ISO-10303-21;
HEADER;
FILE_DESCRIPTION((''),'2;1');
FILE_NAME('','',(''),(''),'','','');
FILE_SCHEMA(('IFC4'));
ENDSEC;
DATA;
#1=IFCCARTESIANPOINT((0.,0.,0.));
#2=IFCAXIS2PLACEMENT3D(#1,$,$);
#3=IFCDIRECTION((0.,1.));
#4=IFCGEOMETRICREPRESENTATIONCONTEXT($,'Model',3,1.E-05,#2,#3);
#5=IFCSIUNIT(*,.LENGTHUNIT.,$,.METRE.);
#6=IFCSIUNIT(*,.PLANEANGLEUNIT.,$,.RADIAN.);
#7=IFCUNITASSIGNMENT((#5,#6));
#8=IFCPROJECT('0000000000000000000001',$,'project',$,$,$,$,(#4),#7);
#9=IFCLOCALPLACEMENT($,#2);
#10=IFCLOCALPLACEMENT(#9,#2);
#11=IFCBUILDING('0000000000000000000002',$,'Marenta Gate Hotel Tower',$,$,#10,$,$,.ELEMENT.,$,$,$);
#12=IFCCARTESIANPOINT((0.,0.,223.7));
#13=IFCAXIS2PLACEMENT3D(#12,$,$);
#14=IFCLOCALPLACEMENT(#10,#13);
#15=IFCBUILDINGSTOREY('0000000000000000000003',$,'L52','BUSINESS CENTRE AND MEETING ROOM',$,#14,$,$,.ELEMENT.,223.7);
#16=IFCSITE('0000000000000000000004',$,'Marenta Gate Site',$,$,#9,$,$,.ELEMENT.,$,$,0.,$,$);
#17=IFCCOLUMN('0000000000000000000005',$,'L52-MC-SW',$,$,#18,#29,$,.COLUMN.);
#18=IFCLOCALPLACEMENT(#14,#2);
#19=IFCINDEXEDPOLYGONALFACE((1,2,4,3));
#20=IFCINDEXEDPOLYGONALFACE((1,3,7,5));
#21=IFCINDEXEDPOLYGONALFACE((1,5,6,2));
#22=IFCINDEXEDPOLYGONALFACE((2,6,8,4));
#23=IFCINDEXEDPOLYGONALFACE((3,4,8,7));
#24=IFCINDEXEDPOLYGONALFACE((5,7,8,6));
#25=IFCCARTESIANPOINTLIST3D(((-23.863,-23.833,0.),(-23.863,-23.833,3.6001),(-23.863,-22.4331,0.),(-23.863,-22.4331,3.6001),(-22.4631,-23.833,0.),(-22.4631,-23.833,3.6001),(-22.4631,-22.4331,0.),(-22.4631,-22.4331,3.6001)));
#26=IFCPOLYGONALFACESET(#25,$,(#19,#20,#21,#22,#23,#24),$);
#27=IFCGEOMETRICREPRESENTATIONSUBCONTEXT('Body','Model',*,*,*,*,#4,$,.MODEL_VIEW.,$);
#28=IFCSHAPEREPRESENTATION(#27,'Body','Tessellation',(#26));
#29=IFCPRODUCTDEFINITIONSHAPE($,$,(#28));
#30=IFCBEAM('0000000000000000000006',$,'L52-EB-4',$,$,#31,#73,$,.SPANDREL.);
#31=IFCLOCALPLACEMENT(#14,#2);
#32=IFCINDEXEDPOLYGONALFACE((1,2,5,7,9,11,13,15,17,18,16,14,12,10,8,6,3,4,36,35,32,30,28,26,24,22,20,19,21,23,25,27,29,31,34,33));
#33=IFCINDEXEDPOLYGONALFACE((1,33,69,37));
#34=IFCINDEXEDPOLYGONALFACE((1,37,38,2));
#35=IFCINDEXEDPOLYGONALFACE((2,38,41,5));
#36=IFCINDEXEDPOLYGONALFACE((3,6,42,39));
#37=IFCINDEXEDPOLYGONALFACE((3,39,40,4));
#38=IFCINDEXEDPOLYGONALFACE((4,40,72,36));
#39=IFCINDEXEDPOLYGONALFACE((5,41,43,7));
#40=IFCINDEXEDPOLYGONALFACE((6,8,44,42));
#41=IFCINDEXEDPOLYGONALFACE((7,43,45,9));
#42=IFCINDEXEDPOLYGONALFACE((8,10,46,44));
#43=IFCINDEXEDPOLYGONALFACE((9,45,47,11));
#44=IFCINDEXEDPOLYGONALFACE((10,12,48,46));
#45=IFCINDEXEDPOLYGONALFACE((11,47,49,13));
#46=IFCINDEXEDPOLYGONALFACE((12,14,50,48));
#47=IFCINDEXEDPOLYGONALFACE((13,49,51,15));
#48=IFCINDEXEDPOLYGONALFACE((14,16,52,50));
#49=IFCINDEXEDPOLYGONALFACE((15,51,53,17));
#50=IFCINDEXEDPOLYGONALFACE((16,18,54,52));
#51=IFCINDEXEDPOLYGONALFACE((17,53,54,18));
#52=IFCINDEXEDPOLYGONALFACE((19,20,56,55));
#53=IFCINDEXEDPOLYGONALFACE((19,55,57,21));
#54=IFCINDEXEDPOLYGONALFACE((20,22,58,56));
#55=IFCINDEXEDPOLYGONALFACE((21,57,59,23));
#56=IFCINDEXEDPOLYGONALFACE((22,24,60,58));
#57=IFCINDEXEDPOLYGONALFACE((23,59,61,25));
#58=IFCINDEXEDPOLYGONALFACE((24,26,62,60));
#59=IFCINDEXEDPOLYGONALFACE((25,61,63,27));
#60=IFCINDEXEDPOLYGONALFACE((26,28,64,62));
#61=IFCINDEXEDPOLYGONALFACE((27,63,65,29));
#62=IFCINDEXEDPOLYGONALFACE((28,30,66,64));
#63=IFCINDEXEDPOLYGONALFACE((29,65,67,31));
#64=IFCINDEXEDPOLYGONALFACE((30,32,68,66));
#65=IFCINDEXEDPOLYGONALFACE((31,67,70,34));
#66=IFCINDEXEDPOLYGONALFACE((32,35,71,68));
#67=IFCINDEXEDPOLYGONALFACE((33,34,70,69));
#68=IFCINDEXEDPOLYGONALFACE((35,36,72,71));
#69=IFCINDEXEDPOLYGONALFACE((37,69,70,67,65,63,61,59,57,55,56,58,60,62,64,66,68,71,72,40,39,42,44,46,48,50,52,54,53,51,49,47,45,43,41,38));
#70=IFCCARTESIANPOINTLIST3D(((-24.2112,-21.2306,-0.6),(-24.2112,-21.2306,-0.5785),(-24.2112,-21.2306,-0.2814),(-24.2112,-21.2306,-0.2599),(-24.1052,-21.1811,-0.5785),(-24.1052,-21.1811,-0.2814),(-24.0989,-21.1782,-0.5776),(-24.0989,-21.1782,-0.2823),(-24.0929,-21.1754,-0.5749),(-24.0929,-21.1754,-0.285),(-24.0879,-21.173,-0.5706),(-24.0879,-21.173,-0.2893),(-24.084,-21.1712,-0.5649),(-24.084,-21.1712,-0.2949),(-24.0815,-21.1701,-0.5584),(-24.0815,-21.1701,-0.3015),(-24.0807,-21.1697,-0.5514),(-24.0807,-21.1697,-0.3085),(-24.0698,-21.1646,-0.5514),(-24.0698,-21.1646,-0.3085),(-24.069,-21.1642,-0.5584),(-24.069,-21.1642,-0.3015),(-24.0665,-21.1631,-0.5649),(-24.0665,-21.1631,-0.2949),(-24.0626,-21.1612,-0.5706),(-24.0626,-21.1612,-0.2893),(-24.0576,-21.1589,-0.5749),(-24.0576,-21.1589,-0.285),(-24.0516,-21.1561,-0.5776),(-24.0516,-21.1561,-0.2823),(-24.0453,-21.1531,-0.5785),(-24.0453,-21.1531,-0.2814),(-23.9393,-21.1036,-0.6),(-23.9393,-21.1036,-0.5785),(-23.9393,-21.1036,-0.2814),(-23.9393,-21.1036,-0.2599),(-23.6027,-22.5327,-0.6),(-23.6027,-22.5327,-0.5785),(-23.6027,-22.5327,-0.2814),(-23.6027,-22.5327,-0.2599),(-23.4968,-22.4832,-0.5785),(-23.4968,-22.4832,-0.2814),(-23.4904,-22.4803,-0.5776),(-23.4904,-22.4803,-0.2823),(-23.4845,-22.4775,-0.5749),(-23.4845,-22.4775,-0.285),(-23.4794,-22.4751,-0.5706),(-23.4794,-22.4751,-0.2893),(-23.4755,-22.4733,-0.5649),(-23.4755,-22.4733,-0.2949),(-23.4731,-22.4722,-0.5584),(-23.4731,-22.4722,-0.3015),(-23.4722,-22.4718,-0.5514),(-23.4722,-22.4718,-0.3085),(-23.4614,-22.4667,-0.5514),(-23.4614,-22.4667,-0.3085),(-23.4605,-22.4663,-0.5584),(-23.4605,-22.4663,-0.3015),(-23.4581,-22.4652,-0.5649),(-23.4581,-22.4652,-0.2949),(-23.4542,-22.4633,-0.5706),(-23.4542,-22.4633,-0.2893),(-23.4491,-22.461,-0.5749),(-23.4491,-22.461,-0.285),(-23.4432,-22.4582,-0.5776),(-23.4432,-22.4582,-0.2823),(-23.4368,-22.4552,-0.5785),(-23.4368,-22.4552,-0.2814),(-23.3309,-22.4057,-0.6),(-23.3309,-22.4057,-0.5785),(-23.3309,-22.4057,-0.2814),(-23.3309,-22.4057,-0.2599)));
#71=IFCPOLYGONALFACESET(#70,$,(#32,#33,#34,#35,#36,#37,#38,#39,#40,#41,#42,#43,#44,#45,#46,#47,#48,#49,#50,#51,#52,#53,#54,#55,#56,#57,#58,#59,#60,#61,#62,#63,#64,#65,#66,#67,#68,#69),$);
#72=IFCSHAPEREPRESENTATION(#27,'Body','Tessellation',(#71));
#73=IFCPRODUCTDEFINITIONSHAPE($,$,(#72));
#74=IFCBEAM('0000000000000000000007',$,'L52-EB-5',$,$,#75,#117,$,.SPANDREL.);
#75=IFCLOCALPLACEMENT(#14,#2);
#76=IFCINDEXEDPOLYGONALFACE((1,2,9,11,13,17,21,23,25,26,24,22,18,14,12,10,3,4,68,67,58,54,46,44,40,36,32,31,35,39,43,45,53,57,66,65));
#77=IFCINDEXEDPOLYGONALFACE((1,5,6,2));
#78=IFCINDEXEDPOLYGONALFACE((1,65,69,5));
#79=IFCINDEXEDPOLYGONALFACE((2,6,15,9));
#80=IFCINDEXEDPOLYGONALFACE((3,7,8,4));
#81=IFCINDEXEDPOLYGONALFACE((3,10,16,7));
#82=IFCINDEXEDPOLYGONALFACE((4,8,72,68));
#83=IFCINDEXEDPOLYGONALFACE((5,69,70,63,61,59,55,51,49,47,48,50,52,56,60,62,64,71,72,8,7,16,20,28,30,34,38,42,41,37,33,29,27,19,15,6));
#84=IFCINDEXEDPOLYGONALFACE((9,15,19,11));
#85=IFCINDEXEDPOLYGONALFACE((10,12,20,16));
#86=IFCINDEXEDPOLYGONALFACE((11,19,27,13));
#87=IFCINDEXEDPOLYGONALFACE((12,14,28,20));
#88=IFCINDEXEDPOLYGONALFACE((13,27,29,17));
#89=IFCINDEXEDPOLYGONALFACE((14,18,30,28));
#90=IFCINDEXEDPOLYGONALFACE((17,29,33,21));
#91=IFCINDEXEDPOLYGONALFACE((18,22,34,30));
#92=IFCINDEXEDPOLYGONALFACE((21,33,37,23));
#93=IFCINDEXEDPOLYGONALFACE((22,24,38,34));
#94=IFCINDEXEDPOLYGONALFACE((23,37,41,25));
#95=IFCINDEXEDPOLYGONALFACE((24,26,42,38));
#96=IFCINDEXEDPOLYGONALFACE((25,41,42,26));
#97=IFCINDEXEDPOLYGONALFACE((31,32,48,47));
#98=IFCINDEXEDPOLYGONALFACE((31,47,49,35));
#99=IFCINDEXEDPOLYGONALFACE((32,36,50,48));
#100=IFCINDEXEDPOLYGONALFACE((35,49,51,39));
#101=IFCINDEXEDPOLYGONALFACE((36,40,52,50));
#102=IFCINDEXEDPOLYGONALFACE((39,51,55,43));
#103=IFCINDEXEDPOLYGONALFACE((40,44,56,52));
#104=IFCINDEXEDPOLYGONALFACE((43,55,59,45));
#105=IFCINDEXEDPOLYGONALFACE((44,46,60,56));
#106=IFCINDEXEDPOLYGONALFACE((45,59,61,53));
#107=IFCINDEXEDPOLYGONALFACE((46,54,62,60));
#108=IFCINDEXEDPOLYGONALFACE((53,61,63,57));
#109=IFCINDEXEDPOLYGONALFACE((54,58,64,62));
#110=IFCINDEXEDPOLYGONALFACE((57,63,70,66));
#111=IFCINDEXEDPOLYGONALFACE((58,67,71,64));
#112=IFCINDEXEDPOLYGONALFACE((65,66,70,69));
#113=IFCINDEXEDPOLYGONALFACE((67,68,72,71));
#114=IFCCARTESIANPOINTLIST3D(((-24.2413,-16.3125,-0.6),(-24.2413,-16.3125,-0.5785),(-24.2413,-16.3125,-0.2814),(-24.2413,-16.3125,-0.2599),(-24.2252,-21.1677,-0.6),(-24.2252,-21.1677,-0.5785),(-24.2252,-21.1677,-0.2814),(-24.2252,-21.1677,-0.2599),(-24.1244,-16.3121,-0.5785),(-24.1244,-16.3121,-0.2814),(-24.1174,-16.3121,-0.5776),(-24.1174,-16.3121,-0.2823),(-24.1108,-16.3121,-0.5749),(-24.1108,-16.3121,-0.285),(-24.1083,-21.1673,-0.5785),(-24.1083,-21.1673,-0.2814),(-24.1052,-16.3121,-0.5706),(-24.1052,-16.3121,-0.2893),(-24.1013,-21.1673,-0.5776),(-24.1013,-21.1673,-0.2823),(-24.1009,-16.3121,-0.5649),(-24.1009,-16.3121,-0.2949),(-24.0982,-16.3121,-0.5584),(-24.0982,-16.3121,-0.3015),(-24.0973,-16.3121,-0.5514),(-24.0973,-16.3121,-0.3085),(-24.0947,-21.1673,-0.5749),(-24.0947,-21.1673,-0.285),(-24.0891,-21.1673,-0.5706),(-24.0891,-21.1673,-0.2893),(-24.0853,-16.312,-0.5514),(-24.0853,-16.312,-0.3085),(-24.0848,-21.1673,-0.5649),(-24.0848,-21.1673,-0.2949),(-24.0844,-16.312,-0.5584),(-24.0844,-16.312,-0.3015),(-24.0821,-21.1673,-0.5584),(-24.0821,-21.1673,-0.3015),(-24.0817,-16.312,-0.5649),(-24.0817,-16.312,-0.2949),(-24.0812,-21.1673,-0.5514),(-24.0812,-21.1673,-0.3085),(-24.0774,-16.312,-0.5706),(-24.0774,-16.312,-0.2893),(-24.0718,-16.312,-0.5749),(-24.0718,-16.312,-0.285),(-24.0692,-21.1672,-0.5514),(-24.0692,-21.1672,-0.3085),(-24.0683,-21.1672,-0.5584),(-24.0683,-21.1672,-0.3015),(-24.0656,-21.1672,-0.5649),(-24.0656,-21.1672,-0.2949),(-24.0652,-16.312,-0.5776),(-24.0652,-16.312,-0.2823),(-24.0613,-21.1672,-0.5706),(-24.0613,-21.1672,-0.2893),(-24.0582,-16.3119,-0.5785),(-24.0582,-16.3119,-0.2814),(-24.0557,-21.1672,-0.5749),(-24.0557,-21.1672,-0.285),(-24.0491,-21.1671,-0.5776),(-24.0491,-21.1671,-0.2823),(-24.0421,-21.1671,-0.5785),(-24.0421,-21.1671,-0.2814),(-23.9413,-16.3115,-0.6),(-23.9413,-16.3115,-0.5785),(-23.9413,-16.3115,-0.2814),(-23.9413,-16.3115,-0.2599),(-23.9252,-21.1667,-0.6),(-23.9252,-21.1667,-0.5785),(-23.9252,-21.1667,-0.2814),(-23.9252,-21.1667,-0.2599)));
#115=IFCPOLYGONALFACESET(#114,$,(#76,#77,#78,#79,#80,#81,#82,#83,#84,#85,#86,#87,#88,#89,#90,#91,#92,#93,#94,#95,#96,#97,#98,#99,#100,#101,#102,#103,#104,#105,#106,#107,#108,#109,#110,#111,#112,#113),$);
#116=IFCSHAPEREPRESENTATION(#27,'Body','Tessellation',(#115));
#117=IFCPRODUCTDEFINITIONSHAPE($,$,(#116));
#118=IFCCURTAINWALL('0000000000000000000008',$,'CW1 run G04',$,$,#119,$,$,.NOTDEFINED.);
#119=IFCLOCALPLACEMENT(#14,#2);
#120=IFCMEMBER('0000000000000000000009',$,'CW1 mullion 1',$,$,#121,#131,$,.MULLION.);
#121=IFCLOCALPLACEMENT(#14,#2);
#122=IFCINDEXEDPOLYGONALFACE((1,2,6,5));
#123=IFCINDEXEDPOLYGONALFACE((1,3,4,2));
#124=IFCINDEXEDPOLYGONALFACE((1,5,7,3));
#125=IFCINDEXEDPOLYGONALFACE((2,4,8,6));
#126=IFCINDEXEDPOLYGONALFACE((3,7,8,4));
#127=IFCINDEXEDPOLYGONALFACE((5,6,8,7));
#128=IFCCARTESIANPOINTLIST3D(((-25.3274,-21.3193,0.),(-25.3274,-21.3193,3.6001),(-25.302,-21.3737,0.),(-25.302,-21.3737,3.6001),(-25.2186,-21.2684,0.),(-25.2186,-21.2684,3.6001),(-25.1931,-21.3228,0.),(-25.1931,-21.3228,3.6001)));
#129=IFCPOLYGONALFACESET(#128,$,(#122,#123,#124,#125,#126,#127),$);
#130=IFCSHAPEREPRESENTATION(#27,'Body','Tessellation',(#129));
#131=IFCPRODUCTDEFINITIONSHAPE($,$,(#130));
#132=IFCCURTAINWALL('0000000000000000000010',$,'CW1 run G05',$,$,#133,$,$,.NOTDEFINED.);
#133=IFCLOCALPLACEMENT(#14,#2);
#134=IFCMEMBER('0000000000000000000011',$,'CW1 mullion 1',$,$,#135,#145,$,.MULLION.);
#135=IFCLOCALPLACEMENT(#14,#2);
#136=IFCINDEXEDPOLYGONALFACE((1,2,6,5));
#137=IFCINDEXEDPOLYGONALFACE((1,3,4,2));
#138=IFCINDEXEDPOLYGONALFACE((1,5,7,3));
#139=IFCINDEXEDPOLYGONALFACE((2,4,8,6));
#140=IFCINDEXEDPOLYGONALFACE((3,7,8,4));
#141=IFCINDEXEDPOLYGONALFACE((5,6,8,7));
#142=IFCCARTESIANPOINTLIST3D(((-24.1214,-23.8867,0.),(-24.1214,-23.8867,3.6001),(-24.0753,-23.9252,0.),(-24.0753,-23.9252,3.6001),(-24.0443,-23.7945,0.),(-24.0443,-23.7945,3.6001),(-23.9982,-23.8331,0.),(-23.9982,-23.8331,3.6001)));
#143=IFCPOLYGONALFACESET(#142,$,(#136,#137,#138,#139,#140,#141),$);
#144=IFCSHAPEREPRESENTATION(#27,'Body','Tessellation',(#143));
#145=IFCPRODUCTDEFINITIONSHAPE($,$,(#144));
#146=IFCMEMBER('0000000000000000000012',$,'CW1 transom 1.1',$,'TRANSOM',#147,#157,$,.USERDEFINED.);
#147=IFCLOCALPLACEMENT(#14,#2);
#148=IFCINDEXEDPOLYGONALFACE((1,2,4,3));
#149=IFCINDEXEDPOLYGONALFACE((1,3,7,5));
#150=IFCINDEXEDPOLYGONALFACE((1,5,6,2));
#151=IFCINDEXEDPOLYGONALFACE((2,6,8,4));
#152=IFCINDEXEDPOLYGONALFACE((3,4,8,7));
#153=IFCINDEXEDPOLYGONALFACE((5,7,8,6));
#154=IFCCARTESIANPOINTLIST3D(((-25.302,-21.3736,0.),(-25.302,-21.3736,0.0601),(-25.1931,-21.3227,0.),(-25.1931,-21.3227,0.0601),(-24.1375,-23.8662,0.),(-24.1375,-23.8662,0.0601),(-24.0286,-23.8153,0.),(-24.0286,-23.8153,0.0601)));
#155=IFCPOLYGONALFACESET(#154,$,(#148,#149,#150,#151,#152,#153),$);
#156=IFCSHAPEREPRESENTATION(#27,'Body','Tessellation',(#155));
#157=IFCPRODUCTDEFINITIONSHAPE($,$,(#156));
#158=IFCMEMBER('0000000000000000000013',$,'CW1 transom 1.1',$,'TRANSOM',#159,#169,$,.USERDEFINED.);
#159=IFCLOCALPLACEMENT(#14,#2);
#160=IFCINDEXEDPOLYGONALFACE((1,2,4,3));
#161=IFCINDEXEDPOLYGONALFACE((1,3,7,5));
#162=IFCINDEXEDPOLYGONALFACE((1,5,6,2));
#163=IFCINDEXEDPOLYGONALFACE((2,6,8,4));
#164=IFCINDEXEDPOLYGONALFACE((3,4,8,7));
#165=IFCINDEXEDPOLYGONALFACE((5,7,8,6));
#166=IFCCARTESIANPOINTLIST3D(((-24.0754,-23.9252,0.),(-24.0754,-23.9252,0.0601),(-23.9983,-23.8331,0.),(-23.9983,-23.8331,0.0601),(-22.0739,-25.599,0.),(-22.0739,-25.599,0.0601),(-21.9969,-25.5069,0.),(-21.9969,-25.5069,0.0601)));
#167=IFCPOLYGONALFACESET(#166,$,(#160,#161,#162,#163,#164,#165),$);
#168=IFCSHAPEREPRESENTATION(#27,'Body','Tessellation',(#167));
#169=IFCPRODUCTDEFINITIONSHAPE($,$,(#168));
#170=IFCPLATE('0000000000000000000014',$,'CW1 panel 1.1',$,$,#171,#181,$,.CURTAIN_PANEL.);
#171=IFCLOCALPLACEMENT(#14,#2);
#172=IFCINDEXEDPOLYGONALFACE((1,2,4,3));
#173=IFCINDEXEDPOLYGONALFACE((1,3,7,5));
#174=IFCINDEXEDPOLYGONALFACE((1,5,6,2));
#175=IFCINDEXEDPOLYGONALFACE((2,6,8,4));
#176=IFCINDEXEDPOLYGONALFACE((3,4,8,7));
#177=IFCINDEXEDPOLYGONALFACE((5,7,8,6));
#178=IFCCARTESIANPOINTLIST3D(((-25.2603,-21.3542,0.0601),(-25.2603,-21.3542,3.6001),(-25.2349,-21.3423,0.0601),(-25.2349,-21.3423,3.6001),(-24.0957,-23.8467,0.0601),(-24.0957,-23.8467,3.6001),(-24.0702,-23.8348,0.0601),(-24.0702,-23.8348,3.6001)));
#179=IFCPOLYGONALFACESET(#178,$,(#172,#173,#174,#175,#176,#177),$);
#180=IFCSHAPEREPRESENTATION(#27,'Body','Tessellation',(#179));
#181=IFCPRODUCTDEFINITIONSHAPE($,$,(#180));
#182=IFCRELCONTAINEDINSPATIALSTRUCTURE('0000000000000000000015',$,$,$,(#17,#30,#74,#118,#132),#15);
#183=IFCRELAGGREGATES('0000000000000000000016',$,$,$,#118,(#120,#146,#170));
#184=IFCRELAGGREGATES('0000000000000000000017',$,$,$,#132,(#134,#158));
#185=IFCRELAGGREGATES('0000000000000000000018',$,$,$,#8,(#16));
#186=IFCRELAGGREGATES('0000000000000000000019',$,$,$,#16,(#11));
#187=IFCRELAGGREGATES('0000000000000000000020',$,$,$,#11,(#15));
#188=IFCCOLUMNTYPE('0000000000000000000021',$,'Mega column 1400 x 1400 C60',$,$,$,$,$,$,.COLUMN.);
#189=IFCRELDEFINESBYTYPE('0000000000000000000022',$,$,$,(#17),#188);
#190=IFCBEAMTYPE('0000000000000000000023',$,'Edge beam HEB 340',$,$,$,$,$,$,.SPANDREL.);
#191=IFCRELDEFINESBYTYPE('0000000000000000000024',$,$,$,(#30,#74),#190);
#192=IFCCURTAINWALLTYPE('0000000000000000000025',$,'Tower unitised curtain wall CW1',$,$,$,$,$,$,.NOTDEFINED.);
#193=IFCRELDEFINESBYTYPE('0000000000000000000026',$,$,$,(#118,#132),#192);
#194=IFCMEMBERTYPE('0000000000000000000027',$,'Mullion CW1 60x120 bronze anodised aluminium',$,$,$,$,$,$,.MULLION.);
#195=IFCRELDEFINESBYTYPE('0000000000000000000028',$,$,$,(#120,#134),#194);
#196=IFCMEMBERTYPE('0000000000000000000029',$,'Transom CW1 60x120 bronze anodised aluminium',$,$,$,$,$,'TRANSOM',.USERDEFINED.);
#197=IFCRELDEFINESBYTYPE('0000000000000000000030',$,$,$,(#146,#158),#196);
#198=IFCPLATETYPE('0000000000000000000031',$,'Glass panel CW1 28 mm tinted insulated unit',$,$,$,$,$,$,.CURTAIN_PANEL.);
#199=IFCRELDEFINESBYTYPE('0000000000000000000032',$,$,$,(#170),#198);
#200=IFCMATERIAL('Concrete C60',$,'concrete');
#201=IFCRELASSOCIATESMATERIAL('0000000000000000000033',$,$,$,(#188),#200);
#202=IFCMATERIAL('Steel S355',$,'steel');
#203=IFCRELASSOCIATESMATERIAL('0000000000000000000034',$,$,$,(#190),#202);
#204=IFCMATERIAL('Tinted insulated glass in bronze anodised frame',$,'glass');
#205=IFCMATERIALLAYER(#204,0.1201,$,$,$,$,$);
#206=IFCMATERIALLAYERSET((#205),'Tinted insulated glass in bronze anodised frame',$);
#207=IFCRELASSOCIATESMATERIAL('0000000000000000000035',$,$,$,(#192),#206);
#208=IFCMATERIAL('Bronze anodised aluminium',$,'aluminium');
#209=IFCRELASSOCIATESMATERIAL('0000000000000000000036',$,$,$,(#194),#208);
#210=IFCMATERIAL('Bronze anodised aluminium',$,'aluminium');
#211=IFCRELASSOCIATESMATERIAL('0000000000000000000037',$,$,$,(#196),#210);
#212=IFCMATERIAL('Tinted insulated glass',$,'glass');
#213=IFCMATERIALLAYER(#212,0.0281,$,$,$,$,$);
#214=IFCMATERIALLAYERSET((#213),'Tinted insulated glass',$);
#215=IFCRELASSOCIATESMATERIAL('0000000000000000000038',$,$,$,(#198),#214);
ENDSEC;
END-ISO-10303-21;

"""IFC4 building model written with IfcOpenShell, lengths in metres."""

from ifc_helpers import new_model, si_unit, direction, frame, origin, origin_2d, place, context, subcontext, project, spatial, rectangle, i_section, extrude, material, layer, layer_set, material_profile, profile_set, type_object, element, aggregate, save


model = new_model("IFC4")

# Units and contexts
model_context = context("Model", 3, precision=1e-05, world=origin(), true_north=direction((0.0, 1.0)))
body_context = subcontext(model_context, "Body", "Model", "MODEL_VIEW")
ifc_project = project(units=[si_unit("LENGTHUNIT", "METRE"), si_unit("PLANEANGLEUNIT", "RADIAN")], contexts=[model_context])

# Site, building, storey
site_placement = place(None, origin())
site = spatial("IfcSite", under=ifc_project, at=site_placement, Name="Marenta Gate Site", CompositionType="ELEMENT", RefElevation=0.0)
building_placement = place(site_placement, origin())
building = spatial("IfcBuilding", under=site, at=building_placement, Name="Marenta Gate Hotel Tower", CompositionType="ELEMENT")
storey_placement = place(building_placement, frame((0.0, 0.0, 223.7)))
storey = spatial("IfcBuildingStorey", under=building, at=storey_placement, Name="L52", Description="BUSINESS CENTRE AND MEETING ROOM", CompositionType="ELEMENT", Elevation=223.7)

# Column
ifc_material_1 = material(Name="Concrete C60", Category="concrete")
ifc_material_profile_1 = material_profile(ifc_material_1, rectangle(XDim=1.3999, YDim=1.3999, at=origin_2d()), Name="1400 x 1400")
ifc_profile_set_1 = profile_set([ifc_material_profile_1], Name="Concrete C60")
column_type = type_object("IfcColumnType", Name="Mega column 1400 x 1400 C60", PredefinedType="COLUMN", material=ifc_profile_set_1)
column_placement = place(storey_placement, frame((-23.1631, -23.1331, 0.0), z_axis=(0.0, 0.0, 1.0), x_axis=(1.0, 0.0, 0.0)))
element("IfcColumn", 1, at=column_placement, inside=storey, type_object=column_type, Name="L52-MC-SW", PredefinedType="COLUMN", context=body_context, shape_type="SweptSolid", body=[
    extrude(rectangle(XDim=1.3999, YDim=1.3999, at=origin_2d()), origin(), (0.0, 0.0, 1.0), 3.6001),
])

# Beams
ifc_material_2 = material(Name="Steel S355", Category="steel")
ifc_material_profile_2 = material_profile(ifc_material_2, i_section(OverallWidth=0.3, OverallDepth=0.3401, WebThickness=0.012, FlangeThickness=0.0215, FilletRadius=0.0271, at=origin_2d()), Name="HEB 340")
ifc_profile_set_2 = profile_set([ifc_material_profile_2], Name="Steel S355")
beam_type = type_object("IfcBeamType", Name="Edge beam HEB 340", PredefinedType="SPANDREL", material=ifc_profile_set_2)
beam_1_placement = place(storey_placement, frame((-23.4668, -22.4692, -0.4299), z_axis=(-0.423341, 0.90597, 0.0), x_axis=(-0.90597, -0.423341, 0.0)))
element("IfcBeam", 2, at=beam_1_placement, inside=storey, type_object=beam_type, Name="L52-EB-4", PredefinedType="SPANDREL", context=body_context, shape_type="SweptSolid", body=[
    extrude(i_section(OverallWidth=0.3, OverallDepth=0.3401, WebThickness=0.012, FlangeThickness=0.0215, FilletRadius=0.0271, at=origin_2d()), origin(), (0.0, 0.0, 1.0), 1.4373),
])
beam_2_placement = place(storey_placement, frame((-24.0752, -21.1672, -0.4299), z_axis=(-0.003319, 0.999994, 0.0), x_axis=(-0.999994, -0.003319, 0.0)))
element("IfcBeam", 3, at=beam_2_placement, inside=storey, type_object=beam_type, Name="L52-EB-5", PredefinedType="SPANDREL", context=body_context, shape_type="SweptSolid", body=[
    extrude(i_section(OverallWidth=0.3, OverallDepth=0.3401, WebThickness=0.012, FlangeThickness=0.0215, FilletRadius=0.0271, at=origin_2d()), origin(), (0.0, 0.0, 1.0), 4.8552),
])

# Curtain walls, members
ifc_material_3 = material(Name="Tinted insulated glass in bronze anodised frame", Category="glass")
ifc_layer_1 = layer(ifc_material_3, 0.1201)
ifc_layer_set_1 = layer_set([ifc_layer_1], Name="Tinted insulated glass in bronze anodised frame")
curtain_wall_type = type_object("IfcCurtainWallType", Name="Tower unitised curtain wall CW1", PredefinedType="NOTDEFINED", material=ifc_layer_set_1)
curtain_wall_1_placement = place(storey_placement, origin())
curtain_wall_1 = element("IfcCurtainWall", 4, at=curtain_wall_1_placement, inside=storey, type_object=curtain_wall_type, Name="CW1 run G04", PredefinedType="NOTDEFINED")
ifc_material_4 = material(Name="Bronze anodised aluminium", Category="aluminium")
ifc_material_profile_3 = material_profile(ifc_material_4, rectangle(XDim=0.1201, YDim=0.0601, at=origin_2d()), Name="Mullion CW1 60x120 bronze anodised aluminium")
ifc_profile_set_3 = profile_set([ifc_material_profile_3], Name="Bronze anodised aluminium")
member_type_1 = type_object("IfcMemberType", Name="Mullion CW1 60x120 bronze anodised aluminium", PredefinedType="MULLION", material=ifc_profile_set_3)
member_1_placement = place(storey_placement, frame((-25.2603, -21.321, 0.0), z_axis=(0.0, 0.0, 1.0), x_axis=(0.905972, 0.423337, 0.0)))
member_1 = element("IfcMember", 5, at=member_1_placement, type_object=member_type_1, Name="CW1 mullion 1", PredefinedType="MULLION", context=body_context, shape_type="SweptSolid", body=[
    extrude(rectangle(XDim=0.1201, YDim=0.0601, at=origin_2d()), origin(), (0.0, 0.0, 1.0), 3.6001),
])
curtain_wall_2_placement = place(storey_placement, origin())
curtain_wall_2 = element("IfcCurtainWall", 6, at=curtain_wall_2_placement, inside=storey, type_object=curtain_wall_type, Name="CW1 run G05", PredefinedType="NOTDEFINED")
member_2_placement = place(storey_placement, frame((-24.0598, -23.8599, 0.0), z_axis=(0.0, 0.0, 1.0), x_axis=(0.641525, 0.767102, 0.0)))
member_2 = element("IfcMember", 7, at=member_2_placement, type_object=member_type_1, Name="CW1 mullion 1", PredefinedType="MULLION", context=body_context, shape_type="SweptSolid", body=[
    extrude(rectangle(XDim=0.1201, YDim=0.0601, at=origin_2d()), origin(), (0.0, 0.0, 1.0), 3.6001),
])

# Members
ifc_material_5 = material(Name="Bronze anodised aluminium", Category="aluminium")
ifc_material_profile_4 = material_profile(ifc_material_5, rectangle(XDim=0.1201, YDim=0.0601, at=origin_2d()), Name="Transom CW1 60x120 bronze anodised aluminium")
ifc_profile_set_4 = profile_set([ifc_material_profile_4], Name="Bronze anodised aluminium")
member_type_2 = type_object("IfcMemberType", Name="Transom CW1 60x120 bronze anodised aluminium", ElementType="TRANSOM", PredefinedType="USERDEFINED", material=ifc_profile_set_4)
member_3_placement = place(storey_placement, frame((-25.2476, -21.3481, 0.03), z_axis=(0.423274, -0.906002, 0.0), x_axis=(0.906002, 0.423274, 0.0)))
member_3 = element("IfcMember", 8, at=member_3_placement, type_object=member_type_2, Name="CW1 transom 1.1", ObjectType="TRANSOM", PredefinedType="USERDEFINED", context=body_context, shape_type="SweptSolid", body=[
    extrude(rectangle(XDim=0.1201, YDim=0.0601, at=origin_2d()), origin(), (0.0, 0.0, 1.0), 2.7512),
])
member_4_placement = place(storey_placement, frame((-24.0369, -23.8792, 0.03), z_axis=(0.7671, -0.641527, 0.0), x_axis=(0.641527, 0.7671, 0.0)))
member_4 = element("IfcMember", 9, at=member_4_placement, type_object=member_type_2, Name="CW1 transom 1.1", ObjectType="TRANSOM", PredefinedType="USERDEFINED", context=body_context, shape_type="SweptSolid", body=[
    extrude(rectangle(XDim=0.1201, YDim=0.0601, at=origin_2d()), origin(), (0.0, 0.0, 1.0), 2.6091),
])

# Plate
ifc_material_6 = material(Name="Tinted insulated glass", Category="glass")
ifc_layer_2 = layer(ifc_material_6, 0.0281)
ifc_layer_set_2 = layer_set([ifc_layer_2], Name="Tinted insulated glass")
plate_type = type_object("IfcPlateType", Name="Glass panel CW1 28 mm tinted insulated unit", PredefinedType="CURTAIN_PANEL", material=ifc_layer_set_2)
plate_1_placement = place(storey_placement, frame((-24.6653, -22.5945, 0.0601), z_axis=(0.0, 0.0, 1.0), x_axis=(0.423337, -0.905972, 0.0)))
plate_1 = element("IfcPlate", 10, at=plate_1_placement, type_object=plate_type, Name="CW1 panel 1.1", PredefinedType="CURTAIN_PANEL", context=body_context, shape_type="SweptSolid", body=[
    extrude(rectangle(XDim=2.7512, YDim=0.0281, at=origin_2d()), origin(), (0.0, 0.0, 1.0), 3.54),
])
aggregate(curtain_wall_1, [member_1, member_3, plate_1])
aggregate(curtain_wall_2, [member_2, member_4])

save(model, "model.ifc")
